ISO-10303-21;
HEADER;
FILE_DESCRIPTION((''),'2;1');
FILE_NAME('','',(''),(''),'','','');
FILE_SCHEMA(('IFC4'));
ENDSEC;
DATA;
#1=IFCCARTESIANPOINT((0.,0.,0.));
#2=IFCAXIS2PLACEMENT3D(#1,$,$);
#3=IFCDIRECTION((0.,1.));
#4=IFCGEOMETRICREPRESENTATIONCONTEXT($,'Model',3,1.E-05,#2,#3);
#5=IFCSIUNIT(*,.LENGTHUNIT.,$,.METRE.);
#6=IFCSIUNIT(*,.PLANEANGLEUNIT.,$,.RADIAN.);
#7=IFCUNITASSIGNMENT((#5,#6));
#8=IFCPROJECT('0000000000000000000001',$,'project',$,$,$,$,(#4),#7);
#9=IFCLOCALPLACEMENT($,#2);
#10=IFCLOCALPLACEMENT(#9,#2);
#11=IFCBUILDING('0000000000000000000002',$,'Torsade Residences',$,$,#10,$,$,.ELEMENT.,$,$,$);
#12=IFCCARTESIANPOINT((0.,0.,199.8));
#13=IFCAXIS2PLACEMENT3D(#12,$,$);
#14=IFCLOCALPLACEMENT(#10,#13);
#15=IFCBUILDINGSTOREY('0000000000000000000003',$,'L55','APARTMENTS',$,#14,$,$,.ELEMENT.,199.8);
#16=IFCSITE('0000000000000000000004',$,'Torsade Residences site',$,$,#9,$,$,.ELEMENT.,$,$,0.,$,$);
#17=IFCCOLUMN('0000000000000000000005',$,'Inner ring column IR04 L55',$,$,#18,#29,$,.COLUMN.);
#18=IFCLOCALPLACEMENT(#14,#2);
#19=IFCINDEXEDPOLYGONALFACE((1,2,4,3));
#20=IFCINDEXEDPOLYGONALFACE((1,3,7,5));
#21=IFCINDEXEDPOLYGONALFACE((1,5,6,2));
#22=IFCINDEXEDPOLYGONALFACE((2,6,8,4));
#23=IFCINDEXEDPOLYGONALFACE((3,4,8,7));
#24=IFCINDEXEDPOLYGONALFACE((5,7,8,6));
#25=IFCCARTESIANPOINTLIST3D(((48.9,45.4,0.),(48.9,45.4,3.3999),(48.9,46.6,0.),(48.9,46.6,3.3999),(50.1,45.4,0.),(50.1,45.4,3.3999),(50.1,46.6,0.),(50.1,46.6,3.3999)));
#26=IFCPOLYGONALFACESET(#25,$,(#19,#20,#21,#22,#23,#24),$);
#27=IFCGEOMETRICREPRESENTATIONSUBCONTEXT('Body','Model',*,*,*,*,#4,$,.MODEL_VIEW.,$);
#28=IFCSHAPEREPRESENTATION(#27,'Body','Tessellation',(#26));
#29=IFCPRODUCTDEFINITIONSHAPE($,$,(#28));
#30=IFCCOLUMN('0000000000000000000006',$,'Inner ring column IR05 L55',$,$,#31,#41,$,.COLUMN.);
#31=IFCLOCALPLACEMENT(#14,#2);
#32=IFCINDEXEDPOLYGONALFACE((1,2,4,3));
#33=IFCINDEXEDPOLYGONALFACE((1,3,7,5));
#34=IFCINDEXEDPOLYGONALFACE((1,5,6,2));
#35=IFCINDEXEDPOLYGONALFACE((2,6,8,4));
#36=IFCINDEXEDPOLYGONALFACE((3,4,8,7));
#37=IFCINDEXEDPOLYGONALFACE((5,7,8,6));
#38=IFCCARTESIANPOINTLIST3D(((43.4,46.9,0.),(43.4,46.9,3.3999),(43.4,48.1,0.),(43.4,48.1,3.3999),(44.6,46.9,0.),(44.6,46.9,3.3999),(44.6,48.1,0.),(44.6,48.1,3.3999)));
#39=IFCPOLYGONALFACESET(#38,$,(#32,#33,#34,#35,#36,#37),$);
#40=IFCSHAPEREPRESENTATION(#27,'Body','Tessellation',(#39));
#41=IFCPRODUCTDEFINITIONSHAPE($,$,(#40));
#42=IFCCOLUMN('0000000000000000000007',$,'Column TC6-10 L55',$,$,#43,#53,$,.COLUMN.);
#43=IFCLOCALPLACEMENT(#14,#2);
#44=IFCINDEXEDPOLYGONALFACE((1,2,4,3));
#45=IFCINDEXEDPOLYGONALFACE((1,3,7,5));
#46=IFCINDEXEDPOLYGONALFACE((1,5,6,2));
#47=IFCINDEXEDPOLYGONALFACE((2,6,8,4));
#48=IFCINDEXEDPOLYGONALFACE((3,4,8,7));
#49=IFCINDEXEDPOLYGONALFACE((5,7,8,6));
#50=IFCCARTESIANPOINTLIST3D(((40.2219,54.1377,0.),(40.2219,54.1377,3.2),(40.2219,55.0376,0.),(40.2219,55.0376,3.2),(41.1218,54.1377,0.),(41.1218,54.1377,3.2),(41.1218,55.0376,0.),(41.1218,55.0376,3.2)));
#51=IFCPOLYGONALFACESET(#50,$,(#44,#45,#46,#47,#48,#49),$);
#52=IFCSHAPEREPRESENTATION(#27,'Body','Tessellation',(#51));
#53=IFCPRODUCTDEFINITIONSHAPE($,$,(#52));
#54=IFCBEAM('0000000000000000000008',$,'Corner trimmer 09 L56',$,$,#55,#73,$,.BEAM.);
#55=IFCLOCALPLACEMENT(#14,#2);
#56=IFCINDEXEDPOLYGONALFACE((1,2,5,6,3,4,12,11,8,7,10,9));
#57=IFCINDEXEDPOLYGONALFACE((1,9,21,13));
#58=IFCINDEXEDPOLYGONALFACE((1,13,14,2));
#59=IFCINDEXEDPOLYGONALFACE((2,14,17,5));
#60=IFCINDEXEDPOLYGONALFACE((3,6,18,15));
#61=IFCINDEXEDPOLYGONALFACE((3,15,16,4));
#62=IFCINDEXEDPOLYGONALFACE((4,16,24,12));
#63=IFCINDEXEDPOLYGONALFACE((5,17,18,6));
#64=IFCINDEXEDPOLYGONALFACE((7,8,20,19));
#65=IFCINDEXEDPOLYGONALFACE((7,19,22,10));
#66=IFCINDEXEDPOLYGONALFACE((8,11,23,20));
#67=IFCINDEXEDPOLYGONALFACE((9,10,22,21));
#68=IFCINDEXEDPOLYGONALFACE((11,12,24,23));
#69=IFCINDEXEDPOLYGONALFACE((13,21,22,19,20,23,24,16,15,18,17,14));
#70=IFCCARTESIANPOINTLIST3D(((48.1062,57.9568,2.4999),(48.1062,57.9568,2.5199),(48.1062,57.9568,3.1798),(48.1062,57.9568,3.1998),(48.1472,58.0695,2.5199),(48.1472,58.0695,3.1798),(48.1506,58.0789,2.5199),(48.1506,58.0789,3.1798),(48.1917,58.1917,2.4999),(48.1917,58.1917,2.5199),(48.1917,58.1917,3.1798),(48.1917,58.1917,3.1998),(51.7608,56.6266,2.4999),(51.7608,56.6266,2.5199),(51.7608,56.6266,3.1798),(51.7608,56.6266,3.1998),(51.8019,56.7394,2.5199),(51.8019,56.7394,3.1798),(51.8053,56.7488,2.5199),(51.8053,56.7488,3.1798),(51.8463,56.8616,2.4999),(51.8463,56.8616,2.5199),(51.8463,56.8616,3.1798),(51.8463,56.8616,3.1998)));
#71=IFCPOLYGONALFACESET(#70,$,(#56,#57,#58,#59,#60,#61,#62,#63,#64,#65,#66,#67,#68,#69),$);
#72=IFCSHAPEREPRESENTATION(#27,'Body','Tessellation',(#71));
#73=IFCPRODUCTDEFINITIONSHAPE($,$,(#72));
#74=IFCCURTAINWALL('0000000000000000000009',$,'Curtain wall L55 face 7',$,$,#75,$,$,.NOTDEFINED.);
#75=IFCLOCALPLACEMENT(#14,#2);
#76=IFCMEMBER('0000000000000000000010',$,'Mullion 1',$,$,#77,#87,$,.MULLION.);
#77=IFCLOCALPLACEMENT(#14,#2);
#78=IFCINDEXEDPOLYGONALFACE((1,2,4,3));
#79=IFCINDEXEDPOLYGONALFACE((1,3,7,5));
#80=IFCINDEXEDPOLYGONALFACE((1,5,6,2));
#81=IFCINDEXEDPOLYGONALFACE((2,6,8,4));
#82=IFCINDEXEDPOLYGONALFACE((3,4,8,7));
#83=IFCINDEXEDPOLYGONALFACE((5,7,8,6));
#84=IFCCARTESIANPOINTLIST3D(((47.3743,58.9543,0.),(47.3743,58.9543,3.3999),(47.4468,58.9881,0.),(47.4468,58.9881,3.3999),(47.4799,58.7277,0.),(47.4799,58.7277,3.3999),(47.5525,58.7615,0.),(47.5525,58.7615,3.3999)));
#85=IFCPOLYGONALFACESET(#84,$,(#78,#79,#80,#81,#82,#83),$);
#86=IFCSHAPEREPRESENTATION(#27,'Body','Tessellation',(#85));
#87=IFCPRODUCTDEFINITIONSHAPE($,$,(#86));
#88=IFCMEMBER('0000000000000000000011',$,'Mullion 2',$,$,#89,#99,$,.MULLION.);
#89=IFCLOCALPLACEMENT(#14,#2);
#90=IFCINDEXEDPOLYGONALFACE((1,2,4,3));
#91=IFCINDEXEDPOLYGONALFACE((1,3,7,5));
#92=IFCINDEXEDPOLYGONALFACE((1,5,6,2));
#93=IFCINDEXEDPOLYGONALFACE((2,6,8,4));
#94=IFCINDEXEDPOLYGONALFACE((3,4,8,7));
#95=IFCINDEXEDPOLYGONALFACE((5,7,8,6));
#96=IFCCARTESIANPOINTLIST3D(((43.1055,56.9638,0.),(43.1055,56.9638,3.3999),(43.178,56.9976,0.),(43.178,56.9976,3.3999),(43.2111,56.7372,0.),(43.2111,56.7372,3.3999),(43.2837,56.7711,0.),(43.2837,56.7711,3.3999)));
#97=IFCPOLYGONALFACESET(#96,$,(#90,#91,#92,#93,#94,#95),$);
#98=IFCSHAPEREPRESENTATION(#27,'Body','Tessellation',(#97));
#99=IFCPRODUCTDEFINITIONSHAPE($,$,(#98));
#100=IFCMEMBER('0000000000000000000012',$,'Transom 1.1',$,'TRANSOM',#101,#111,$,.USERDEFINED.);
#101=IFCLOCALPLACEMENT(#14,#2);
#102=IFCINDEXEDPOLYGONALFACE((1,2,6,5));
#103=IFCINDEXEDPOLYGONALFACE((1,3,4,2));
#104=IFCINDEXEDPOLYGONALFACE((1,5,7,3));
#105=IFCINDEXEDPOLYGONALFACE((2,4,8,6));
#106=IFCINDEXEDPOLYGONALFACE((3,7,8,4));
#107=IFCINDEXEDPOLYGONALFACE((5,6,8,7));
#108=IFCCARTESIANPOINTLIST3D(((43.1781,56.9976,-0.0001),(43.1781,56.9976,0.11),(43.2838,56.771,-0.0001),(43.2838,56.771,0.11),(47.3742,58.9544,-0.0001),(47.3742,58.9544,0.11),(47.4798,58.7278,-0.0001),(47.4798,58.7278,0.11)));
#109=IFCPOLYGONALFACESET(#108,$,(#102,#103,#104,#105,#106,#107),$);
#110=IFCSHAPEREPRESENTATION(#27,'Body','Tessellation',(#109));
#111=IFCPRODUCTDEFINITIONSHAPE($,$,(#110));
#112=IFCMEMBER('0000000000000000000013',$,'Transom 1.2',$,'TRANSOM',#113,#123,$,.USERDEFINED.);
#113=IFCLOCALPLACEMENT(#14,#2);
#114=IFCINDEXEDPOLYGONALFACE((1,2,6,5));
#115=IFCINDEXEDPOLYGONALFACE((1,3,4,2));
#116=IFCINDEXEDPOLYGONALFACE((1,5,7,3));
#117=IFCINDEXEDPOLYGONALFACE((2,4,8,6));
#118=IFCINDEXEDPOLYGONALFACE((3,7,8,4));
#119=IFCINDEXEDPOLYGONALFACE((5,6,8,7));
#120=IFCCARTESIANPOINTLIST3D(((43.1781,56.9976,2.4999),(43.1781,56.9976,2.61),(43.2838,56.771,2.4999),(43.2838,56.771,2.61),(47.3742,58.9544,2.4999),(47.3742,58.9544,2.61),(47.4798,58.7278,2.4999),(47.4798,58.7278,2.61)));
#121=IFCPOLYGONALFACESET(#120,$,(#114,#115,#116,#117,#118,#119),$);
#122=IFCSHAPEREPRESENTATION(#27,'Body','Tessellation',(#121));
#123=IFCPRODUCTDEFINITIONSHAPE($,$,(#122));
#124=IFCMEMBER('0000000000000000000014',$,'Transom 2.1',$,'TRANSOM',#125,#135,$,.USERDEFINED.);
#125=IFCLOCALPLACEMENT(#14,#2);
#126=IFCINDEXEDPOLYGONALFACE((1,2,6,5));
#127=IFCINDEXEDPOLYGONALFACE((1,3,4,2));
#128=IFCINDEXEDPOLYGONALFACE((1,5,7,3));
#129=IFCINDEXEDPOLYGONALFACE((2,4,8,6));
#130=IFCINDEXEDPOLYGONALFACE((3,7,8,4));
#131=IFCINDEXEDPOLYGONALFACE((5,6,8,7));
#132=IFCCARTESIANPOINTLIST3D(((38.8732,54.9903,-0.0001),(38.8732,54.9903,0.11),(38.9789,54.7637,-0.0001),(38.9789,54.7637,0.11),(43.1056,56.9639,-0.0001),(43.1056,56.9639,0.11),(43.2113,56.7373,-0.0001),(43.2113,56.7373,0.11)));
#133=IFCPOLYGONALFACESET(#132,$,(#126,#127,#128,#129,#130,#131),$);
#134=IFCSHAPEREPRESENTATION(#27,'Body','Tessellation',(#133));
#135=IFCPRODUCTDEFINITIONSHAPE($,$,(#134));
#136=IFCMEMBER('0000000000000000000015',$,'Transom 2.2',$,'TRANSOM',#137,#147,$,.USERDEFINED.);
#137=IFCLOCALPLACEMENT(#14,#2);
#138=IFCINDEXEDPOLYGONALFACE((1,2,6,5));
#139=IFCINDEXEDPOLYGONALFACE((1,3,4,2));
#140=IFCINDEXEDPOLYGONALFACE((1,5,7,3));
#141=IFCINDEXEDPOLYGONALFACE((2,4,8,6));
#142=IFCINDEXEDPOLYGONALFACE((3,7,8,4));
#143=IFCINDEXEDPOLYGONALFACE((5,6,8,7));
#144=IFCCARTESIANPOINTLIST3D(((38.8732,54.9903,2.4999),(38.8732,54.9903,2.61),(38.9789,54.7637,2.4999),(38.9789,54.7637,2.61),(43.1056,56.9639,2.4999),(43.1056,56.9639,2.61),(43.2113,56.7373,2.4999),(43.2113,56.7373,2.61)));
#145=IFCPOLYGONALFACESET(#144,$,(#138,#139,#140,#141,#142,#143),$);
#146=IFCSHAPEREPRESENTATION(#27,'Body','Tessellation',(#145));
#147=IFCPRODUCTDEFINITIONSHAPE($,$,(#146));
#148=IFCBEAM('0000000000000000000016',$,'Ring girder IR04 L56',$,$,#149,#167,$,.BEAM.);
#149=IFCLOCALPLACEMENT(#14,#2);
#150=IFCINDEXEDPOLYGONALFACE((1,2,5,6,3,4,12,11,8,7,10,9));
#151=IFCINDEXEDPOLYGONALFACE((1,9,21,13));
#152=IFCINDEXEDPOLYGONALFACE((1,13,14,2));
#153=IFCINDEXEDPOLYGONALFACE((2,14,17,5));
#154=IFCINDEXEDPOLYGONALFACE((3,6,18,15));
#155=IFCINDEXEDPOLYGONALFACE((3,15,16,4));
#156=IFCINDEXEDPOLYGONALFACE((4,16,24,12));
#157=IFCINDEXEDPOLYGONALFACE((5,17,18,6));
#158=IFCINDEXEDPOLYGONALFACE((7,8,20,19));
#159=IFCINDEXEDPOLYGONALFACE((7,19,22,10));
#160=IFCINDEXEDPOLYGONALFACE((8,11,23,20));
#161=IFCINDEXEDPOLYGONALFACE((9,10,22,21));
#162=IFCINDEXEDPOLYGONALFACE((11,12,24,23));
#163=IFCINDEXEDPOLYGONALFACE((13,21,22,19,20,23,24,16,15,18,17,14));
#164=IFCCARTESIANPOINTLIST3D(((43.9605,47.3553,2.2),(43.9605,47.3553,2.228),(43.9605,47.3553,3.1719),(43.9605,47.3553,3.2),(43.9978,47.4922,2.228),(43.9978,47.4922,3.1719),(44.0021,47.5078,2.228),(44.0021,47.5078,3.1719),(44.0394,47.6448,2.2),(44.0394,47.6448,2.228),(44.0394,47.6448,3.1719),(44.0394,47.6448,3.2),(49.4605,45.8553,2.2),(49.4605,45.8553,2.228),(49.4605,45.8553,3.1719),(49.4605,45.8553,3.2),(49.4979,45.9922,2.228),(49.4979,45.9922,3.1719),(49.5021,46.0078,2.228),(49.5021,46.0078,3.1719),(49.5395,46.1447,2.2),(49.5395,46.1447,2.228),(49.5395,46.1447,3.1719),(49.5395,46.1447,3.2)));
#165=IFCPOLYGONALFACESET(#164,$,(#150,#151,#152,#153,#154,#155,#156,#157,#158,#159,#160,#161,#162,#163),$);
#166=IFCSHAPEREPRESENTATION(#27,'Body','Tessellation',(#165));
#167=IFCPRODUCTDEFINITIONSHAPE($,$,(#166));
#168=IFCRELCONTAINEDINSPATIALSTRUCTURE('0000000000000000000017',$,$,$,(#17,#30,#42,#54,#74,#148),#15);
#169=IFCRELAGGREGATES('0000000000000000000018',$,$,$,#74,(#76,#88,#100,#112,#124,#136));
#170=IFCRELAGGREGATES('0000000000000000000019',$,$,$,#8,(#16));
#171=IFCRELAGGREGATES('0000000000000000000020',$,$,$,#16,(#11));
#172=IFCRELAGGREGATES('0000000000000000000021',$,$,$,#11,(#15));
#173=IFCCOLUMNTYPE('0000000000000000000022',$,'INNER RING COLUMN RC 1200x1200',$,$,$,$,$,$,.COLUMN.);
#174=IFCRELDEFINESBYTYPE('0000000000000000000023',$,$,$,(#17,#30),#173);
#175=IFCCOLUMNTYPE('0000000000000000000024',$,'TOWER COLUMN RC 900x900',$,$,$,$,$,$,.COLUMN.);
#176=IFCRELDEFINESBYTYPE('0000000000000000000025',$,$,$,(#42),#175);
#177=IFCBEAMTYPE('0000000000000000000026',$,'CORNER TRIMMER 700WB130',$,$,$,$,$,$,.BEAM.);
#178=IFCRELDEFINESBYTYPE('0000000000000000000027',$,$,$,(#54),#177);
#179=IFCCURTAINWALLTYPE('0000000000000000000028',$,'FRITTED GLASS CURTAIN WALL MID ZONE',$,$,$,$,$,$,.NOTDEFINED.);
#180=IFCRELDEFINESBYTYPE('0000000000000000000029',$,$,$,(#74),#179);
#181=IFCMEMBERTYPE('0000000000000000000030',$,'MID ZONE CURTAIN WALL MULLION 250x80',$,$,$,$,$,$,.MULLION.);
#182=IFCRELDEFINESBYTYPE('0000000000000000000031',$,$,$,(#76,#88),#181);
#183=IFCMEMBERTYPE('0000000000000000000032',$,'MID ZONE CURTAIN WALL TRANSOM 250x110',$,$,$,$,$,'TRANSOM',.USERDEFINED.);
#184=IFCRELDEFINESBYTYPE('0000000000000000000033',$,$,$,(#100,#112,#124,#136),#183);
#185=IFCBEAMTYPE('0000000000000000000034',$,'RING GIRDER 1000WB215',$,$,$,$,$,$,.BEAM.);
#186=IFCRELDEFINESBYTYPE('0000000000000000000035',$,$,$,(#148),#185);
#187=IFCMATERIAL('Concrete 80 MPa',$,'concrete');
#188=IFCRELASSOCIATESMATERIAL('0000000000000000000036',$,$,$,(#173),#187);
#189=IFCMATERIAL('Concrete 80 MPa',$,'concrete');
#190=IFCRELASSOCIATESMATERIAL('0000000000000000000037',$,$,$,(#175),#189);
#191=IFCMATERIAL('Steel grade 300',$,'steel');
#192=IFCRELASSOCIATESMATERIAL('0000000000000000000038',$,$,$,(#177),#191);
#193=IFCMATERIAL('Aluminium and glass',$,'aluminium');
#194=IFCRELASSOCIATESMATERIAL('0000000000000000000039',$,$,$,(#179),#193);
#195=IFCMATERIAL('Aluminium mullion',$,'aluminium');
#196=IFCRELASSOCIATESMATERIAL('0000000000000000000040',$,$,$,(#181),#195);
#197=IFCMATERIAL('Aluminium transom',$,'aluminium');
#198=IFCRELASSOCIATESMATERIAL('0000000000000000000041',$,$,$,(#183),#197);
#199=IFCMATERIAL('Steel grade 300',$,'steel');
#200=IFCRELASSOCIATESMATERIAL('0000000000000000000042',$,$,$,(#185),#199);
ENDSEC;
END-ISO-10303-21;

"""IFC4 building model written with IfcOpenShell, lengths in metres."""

from ifc_helpers import new_model, si_unit, direction, frame, origin, origin_2d, place, context, subcontext, project, spatial, rectangle, i_section, extrude, material, material_profile, profile_set, type_object, element, aggregate, save


model = new_model("IFC4")

# Units and contexts
model_context = context("Model", 3, precision=1e-05, world=origin(), true_north=direction((0.0, 1.0)))
body_context = subcontext(model_context, "Body", "Model", "MODEL_VIEW")
ifc_project = project(units=[si_unit("LENGTHUNIT", "METRE"), si_unit("PLANEANGLEUNIT", "RADIAN")], contexts=[model_context])

# Site, building, storey
site_placement = place(None, origin())
site = spatial("IfcSite", under=ifc_project, at=site_placement, Name="Torsade Residences site", CompositionType="ELEMENT", RefElevation=0.0)
building_placement = place(site_placement, origin())
building = spatial("IfcBuilding", under=site, at=building_placement, Name="Torsade Residences", CompositionType="ELEMENT")
storey_placement = place(building_placement, frame((0.0, 0.0, 199.8)))
storey = spatial("IfcBuildingStorey", under=building, at=storey_placement, Name="L55", Description="APARTMENTS", CompositionType="ELEMENT", Elevation=199.8)

# Columns
ifc_material_1 = material(Name="Concrete 80 MPa", Category="concrete")
ifc_material_profile_1 = material_profile(ifc_material_1, rectangle(XDim=1.2, YDim=1.2, at=origin_2d()), Name="RC 1200x1200")
ifc_profile_set_1 = profile_set([ifc_material_profile_1], Name="Concrete 80 MPa")
column_type_1 = type_object("IfcColumnType", Name="INNER RING COLUMN RC 1200x1200", PredefinedType="COLUMN", material=ifc_profile_set_1)
for number, where, z_axis, x_axis, name in (
    (1, (49.5, 46.0, 0.0), (0.0, 0.0, 1.0), (1.0, 0.0, 0.0), "Inner ring column IR04 L55"),
    (2, (44.0, 47.5, 0.0), (0.0, 0.0, 1.0), (1.0, 0.0, 0.0), "Inner ring column IR05 L55"),
):
    element("IfcColumn", number, at=place(storey_placement, frame(where, z_axis=z_axis, x_axis=x_axis)), inside=storey, type_object=column_type_1, Name=name, PredefinedType="COLUMN", context=body_context, shape_type="SweptSolid", body=[
        extrude(rectangle(XDim=1.2, YDim=1.2, at=origin_2d()), origin(), (0.0, 0.0, 1.0), 3.3999),
    ])
ifc_material_2 = material(Name="Concrete 80 MPa", Category="concrete")
ifc_material_profile_2 = material_profile(ifc_material_2, rectangle(XDim=0.8999, YDim=0.8999, at=origin_2d()), Name="RC 900x900")
ifc_profile_set_2 = profile_set([ifc_material_profile_2], Name="Concrete 80 MPa")
column_type_2 = type_object("IfcColumnType", Name="TOWER COLUMN RC 900x900", PredefinedType="COLUMN", material=ifc_profile_set_2)
column_placement = place(storey_placement, frame((40.6719, 54.5876, 0.0), z_axis=(0.0, 0.0, 1.0), x_axis=(1.0, 0.0, 0.0)))
element("IfcColumn", 3, at=column_placement, inside=storey, type_object=column_type_2, Name="Column TC6-10 L55", PredefinedType="COLUMN", context=body_context, shape_type="SweptSolid", body=[
    extrude(rectangle(XDim=0.8999, YDim=0.8999, at=origin_2d()), origin(), (0.0, 0.0, 1.0), 3.2),
])

# Beam
ifc_material_3 = material(Name="Steel grade 300", Category="steel")
ifc_material_profile_3 = material_profile(ifc_material_3, i_section(OverallWidth=0.25, OverallDepth=0.7, WebThickness=0.01, FlangeThickness=0.02, at=origin_2d()), Name="700WB130")
ifc_profile_set_3 = profile_set([ifc_material_profile_3], Name="Steel grade 300")
beam_type_1 = type_object("IfcBeamType", Name="CORNER TRIMMER 700WB130", PredefinedType="BEAM", material=ifc_profile_set_3)
beam_1_placement = place(storey_placement, frame((48.1489, 58.0742, 2.8499), z_axis=(0.939698, -0.342005, 0.0), x_axis=(0.342005, 0.939698, 0.0)))
element("IfcBeam", 4, at=beam_1_placement, inside=storey, type_object=beam_type_1, Name="Corner trimmer 09 L56", PredefinedType="BEAM", context=body_context, shape_type="SweptSolid", body=[
    extrude(i_section(OverallWidth=0.25, OverallDepth=0.7, WebThickness=0.01, FlangeThickness=0.02, at=origin_2d()), origin(), (0.0, 0.0, 1.0), 3.8892),
])

# Curtain wall, members
ifc_material_4 = material(Name="Aluminium and glass", Category="aluminium")
curtain_wall_type = type_object("IfcCurtainWallType", Name="FRITTED GLASS CURTAIN WALL MID ZONE", PredefinedType="NOTDEFINED", material=ifc_material_4)
curtain_wall_placement = place(storey_placement, origin())
curtain_wall = element("IfcCurtainWall", 5, at=curtain_wall_placement, inside=storey, type_object=curtain_wall_type, Name="Curtain wall L55 face 7", PredefinedType="NOTDEFINED")
ifc_material_5 = material(Name="Aluminium mullion", Category="aluminium")
ifc_material_profile_4 = material_profile(ifc_material_5, rectangle(XDim=0.25, YDim=0.0801, at=origin_2d()), Name="MID ZONE CURTAIN WALL MULLION 250x80")
ifc_profile_set_4 = profile_set([ifc_material_profile_4], Name="Aluminium mullion")
member_type_1 = type_object("IfcMemberType", Name="MID ZONE CURTAIN WALL MULLION 250x80", PredefinedType="MULLION", material=ifc_profile_set_4)
member_1_placement = place(storey_placement, frame((47.4634, 58.8579, 0.0), z_axis=(0.0, 0.0, 1.0), x_axis=(0.422618, -0.906308, 0.0)))
member_1 = element("IfcMember", 6, at=member_1_placement, type_object=member_type_1, Name="Mullion 1", PredefinedType="MULLION", context=body_context, shape_type="SweptSolid", body=[
    extrude(rectangle(XDim=0.25, YDim=0.0801, at=origin_2d()), origin(), (0.0, 0.0, 1.0), 3.3999),
])
member_2_placement = place(storey_placement, frame((43.1946, 56.8674, 0.0), z_axis=(0.0, 0.0, 1.0), x_axis=(0.422618, -0.906308, 0.0)))
member_2 = element("IfcMember", 7, at=member_2_placement, type_object=member_type_1, Name="Mullion 2", PredefinedType="MULLION", context=body_context, shape_type="SweptSolid", body=[
    extrude(rectangle(XDim=0.25, YDim=0.0801, at=origin_2d()), origin(), (0.0, 0.0, 1.0), 3.3999),
])
ifc_material_6 = material(Name="Aluminium transom", Category="aluminium")
ifc_material_profile_5 = material_profile(ifc_material_6, rectangle(XDim=0.25, YDim=0.1101, at=origin_2d()), Name="MID ZONE CURTAIN WALL TRANSOM 250x110")
ifc_profile_set_5 = profile_set([ifc_material_profile_5], Name="Aluminium transom")
member_type_2 = type_object("IfcMemberType", Name="MID ZONE CURTAIN WALL TRANSOM 250x110", ElementType="TRANSOM", PredefinedType="USERDEFINED", material=ifc_profile_set_5)
member_3_placement = place(storey_placement, frame((47.427, 58.8411, 0.0549), z_axis=(-0.906296, -0.422643, 0.0), x_axis=(0.422643, -0.906296, 0.0)))
member_3 = element("IfcMember", 8, at=member_3_placement, type_object=member_type_2, Name="Transom 1.1", ObjectType="TRANSOM", PredefinedType="USERDEFINED", context=body_context, shape_type="SweptSolid", body=[
    extrude(rectangle(XDim=0.25, YDim=0.1101, at=origin_2d()), origin(), (0.0, 0.0, 1.0), 4.6299),
])
member_4_placement = place(storey_placement, frame((47.427, 58.8411, 2.5549), z_axis=(-0.906296, -0.422643, 0.0), x_axis=(0.422643, -0.906296, 0.0)))
member_4 = element("IfcMember", 9, at=member_4_placement, type_object=member_type_2, Name="Transom 1.2", ObjectType="TRANSOM", PredefinedType="USERDEFINED", context=body_context, shape_type="SweptSolid", body=[
    extrude(rectangle(XDim=0.25, YDim=0.1101, at=origin_2d()), origin(), (0.0, 0.0, 1.0), 4.6299),
])
member_5_placement = place(storey_placement, frame((43.1584, 56.8506, 0.0549), z_axis=(-0.906306, -0.422622, 0.0), x_axis=(0.422622, -0.906306, 0.0)))
member_5 = element("IfcMember", 10, at=member_5_placement, type_object=member_type_2, Name="Transom 2.1", ObjectType="TRANSOM", PredefinedType="USERDEFINED", context=body_context, shape_type="SweptSolid", body=[
    extrude(rectangle(XDim=0.25, YDim=0.1101, at=origin_2d()), origin(), (0.0, 0.0, 1.0), 4.6699),
])
member_6_placement = place(storey_placement, frame((43.1584, 56.8506, 2.5549), z_axis=(-0.906306, -0.422622, 0.0), x_axis=(0.422622, -0.906306, 0.0)))
member_6 = element("IfcMember", 11, at=member_6_placement, type_object=member_type_2, Name="Transom 2.2", ObjectType="TRANSOM", PredefinedType="USERDEFINED", context=body_context, shape_type="SweptSolid", body=[
    extrude(rectangle(XDim=0.25, YDim=0.1101, at=origin_2d()), origin(), (0.0, 0.0, 1.0), 4.6699),
])

# Beam
ifc_material_7 = material(Name="Steel grade 300", Category="steel")
ifc_material_profile_6 = material_profile(ifc_material_7, i_section(OverallWidth=0.3, OverallDepth=1.0, WebThickness=0.0161, FlangeThickness=0.0281, at=origin_2d()), Name="1000WB215")
ifc_profile_set_6 = profile_set([ifc_material_profile_6], Name="Steel grade 300")
beam_type_2 = type_object("IfcBeamType", Name="RING GIRDER 1000WB215", PredefinedType="BEAM", material=ifc_profile_set_6)
beam_2_placement = place(storey_placement, frame((49.5, 46.0, 2.7), z_axis=(-0.964764, 0.263117, 0.0), x_axis=(-0.263117, -0.964764, 0.0)))
element("IfcBeam", 12, at=beam_2_placement, inside=storey, type_object=beam_type_2, Name="Ring girder IR04 L56", PredefinedType="BEAM", context=body_context, shape_type="SweptSolid", body=[
    extrude(i_section(OverallWidth=0.3, OverallDepth=1.0, WebThickness=0.0161, FlangeThickness=0.0281, at=origin_2d()), origin(), (0.0, 0.0, 1.0), 5.7009),
])

aggregate(curtain_wall, [member_1, member_2, member_3, member_4, member_5, member_6])

save(model, "model.ifc")
